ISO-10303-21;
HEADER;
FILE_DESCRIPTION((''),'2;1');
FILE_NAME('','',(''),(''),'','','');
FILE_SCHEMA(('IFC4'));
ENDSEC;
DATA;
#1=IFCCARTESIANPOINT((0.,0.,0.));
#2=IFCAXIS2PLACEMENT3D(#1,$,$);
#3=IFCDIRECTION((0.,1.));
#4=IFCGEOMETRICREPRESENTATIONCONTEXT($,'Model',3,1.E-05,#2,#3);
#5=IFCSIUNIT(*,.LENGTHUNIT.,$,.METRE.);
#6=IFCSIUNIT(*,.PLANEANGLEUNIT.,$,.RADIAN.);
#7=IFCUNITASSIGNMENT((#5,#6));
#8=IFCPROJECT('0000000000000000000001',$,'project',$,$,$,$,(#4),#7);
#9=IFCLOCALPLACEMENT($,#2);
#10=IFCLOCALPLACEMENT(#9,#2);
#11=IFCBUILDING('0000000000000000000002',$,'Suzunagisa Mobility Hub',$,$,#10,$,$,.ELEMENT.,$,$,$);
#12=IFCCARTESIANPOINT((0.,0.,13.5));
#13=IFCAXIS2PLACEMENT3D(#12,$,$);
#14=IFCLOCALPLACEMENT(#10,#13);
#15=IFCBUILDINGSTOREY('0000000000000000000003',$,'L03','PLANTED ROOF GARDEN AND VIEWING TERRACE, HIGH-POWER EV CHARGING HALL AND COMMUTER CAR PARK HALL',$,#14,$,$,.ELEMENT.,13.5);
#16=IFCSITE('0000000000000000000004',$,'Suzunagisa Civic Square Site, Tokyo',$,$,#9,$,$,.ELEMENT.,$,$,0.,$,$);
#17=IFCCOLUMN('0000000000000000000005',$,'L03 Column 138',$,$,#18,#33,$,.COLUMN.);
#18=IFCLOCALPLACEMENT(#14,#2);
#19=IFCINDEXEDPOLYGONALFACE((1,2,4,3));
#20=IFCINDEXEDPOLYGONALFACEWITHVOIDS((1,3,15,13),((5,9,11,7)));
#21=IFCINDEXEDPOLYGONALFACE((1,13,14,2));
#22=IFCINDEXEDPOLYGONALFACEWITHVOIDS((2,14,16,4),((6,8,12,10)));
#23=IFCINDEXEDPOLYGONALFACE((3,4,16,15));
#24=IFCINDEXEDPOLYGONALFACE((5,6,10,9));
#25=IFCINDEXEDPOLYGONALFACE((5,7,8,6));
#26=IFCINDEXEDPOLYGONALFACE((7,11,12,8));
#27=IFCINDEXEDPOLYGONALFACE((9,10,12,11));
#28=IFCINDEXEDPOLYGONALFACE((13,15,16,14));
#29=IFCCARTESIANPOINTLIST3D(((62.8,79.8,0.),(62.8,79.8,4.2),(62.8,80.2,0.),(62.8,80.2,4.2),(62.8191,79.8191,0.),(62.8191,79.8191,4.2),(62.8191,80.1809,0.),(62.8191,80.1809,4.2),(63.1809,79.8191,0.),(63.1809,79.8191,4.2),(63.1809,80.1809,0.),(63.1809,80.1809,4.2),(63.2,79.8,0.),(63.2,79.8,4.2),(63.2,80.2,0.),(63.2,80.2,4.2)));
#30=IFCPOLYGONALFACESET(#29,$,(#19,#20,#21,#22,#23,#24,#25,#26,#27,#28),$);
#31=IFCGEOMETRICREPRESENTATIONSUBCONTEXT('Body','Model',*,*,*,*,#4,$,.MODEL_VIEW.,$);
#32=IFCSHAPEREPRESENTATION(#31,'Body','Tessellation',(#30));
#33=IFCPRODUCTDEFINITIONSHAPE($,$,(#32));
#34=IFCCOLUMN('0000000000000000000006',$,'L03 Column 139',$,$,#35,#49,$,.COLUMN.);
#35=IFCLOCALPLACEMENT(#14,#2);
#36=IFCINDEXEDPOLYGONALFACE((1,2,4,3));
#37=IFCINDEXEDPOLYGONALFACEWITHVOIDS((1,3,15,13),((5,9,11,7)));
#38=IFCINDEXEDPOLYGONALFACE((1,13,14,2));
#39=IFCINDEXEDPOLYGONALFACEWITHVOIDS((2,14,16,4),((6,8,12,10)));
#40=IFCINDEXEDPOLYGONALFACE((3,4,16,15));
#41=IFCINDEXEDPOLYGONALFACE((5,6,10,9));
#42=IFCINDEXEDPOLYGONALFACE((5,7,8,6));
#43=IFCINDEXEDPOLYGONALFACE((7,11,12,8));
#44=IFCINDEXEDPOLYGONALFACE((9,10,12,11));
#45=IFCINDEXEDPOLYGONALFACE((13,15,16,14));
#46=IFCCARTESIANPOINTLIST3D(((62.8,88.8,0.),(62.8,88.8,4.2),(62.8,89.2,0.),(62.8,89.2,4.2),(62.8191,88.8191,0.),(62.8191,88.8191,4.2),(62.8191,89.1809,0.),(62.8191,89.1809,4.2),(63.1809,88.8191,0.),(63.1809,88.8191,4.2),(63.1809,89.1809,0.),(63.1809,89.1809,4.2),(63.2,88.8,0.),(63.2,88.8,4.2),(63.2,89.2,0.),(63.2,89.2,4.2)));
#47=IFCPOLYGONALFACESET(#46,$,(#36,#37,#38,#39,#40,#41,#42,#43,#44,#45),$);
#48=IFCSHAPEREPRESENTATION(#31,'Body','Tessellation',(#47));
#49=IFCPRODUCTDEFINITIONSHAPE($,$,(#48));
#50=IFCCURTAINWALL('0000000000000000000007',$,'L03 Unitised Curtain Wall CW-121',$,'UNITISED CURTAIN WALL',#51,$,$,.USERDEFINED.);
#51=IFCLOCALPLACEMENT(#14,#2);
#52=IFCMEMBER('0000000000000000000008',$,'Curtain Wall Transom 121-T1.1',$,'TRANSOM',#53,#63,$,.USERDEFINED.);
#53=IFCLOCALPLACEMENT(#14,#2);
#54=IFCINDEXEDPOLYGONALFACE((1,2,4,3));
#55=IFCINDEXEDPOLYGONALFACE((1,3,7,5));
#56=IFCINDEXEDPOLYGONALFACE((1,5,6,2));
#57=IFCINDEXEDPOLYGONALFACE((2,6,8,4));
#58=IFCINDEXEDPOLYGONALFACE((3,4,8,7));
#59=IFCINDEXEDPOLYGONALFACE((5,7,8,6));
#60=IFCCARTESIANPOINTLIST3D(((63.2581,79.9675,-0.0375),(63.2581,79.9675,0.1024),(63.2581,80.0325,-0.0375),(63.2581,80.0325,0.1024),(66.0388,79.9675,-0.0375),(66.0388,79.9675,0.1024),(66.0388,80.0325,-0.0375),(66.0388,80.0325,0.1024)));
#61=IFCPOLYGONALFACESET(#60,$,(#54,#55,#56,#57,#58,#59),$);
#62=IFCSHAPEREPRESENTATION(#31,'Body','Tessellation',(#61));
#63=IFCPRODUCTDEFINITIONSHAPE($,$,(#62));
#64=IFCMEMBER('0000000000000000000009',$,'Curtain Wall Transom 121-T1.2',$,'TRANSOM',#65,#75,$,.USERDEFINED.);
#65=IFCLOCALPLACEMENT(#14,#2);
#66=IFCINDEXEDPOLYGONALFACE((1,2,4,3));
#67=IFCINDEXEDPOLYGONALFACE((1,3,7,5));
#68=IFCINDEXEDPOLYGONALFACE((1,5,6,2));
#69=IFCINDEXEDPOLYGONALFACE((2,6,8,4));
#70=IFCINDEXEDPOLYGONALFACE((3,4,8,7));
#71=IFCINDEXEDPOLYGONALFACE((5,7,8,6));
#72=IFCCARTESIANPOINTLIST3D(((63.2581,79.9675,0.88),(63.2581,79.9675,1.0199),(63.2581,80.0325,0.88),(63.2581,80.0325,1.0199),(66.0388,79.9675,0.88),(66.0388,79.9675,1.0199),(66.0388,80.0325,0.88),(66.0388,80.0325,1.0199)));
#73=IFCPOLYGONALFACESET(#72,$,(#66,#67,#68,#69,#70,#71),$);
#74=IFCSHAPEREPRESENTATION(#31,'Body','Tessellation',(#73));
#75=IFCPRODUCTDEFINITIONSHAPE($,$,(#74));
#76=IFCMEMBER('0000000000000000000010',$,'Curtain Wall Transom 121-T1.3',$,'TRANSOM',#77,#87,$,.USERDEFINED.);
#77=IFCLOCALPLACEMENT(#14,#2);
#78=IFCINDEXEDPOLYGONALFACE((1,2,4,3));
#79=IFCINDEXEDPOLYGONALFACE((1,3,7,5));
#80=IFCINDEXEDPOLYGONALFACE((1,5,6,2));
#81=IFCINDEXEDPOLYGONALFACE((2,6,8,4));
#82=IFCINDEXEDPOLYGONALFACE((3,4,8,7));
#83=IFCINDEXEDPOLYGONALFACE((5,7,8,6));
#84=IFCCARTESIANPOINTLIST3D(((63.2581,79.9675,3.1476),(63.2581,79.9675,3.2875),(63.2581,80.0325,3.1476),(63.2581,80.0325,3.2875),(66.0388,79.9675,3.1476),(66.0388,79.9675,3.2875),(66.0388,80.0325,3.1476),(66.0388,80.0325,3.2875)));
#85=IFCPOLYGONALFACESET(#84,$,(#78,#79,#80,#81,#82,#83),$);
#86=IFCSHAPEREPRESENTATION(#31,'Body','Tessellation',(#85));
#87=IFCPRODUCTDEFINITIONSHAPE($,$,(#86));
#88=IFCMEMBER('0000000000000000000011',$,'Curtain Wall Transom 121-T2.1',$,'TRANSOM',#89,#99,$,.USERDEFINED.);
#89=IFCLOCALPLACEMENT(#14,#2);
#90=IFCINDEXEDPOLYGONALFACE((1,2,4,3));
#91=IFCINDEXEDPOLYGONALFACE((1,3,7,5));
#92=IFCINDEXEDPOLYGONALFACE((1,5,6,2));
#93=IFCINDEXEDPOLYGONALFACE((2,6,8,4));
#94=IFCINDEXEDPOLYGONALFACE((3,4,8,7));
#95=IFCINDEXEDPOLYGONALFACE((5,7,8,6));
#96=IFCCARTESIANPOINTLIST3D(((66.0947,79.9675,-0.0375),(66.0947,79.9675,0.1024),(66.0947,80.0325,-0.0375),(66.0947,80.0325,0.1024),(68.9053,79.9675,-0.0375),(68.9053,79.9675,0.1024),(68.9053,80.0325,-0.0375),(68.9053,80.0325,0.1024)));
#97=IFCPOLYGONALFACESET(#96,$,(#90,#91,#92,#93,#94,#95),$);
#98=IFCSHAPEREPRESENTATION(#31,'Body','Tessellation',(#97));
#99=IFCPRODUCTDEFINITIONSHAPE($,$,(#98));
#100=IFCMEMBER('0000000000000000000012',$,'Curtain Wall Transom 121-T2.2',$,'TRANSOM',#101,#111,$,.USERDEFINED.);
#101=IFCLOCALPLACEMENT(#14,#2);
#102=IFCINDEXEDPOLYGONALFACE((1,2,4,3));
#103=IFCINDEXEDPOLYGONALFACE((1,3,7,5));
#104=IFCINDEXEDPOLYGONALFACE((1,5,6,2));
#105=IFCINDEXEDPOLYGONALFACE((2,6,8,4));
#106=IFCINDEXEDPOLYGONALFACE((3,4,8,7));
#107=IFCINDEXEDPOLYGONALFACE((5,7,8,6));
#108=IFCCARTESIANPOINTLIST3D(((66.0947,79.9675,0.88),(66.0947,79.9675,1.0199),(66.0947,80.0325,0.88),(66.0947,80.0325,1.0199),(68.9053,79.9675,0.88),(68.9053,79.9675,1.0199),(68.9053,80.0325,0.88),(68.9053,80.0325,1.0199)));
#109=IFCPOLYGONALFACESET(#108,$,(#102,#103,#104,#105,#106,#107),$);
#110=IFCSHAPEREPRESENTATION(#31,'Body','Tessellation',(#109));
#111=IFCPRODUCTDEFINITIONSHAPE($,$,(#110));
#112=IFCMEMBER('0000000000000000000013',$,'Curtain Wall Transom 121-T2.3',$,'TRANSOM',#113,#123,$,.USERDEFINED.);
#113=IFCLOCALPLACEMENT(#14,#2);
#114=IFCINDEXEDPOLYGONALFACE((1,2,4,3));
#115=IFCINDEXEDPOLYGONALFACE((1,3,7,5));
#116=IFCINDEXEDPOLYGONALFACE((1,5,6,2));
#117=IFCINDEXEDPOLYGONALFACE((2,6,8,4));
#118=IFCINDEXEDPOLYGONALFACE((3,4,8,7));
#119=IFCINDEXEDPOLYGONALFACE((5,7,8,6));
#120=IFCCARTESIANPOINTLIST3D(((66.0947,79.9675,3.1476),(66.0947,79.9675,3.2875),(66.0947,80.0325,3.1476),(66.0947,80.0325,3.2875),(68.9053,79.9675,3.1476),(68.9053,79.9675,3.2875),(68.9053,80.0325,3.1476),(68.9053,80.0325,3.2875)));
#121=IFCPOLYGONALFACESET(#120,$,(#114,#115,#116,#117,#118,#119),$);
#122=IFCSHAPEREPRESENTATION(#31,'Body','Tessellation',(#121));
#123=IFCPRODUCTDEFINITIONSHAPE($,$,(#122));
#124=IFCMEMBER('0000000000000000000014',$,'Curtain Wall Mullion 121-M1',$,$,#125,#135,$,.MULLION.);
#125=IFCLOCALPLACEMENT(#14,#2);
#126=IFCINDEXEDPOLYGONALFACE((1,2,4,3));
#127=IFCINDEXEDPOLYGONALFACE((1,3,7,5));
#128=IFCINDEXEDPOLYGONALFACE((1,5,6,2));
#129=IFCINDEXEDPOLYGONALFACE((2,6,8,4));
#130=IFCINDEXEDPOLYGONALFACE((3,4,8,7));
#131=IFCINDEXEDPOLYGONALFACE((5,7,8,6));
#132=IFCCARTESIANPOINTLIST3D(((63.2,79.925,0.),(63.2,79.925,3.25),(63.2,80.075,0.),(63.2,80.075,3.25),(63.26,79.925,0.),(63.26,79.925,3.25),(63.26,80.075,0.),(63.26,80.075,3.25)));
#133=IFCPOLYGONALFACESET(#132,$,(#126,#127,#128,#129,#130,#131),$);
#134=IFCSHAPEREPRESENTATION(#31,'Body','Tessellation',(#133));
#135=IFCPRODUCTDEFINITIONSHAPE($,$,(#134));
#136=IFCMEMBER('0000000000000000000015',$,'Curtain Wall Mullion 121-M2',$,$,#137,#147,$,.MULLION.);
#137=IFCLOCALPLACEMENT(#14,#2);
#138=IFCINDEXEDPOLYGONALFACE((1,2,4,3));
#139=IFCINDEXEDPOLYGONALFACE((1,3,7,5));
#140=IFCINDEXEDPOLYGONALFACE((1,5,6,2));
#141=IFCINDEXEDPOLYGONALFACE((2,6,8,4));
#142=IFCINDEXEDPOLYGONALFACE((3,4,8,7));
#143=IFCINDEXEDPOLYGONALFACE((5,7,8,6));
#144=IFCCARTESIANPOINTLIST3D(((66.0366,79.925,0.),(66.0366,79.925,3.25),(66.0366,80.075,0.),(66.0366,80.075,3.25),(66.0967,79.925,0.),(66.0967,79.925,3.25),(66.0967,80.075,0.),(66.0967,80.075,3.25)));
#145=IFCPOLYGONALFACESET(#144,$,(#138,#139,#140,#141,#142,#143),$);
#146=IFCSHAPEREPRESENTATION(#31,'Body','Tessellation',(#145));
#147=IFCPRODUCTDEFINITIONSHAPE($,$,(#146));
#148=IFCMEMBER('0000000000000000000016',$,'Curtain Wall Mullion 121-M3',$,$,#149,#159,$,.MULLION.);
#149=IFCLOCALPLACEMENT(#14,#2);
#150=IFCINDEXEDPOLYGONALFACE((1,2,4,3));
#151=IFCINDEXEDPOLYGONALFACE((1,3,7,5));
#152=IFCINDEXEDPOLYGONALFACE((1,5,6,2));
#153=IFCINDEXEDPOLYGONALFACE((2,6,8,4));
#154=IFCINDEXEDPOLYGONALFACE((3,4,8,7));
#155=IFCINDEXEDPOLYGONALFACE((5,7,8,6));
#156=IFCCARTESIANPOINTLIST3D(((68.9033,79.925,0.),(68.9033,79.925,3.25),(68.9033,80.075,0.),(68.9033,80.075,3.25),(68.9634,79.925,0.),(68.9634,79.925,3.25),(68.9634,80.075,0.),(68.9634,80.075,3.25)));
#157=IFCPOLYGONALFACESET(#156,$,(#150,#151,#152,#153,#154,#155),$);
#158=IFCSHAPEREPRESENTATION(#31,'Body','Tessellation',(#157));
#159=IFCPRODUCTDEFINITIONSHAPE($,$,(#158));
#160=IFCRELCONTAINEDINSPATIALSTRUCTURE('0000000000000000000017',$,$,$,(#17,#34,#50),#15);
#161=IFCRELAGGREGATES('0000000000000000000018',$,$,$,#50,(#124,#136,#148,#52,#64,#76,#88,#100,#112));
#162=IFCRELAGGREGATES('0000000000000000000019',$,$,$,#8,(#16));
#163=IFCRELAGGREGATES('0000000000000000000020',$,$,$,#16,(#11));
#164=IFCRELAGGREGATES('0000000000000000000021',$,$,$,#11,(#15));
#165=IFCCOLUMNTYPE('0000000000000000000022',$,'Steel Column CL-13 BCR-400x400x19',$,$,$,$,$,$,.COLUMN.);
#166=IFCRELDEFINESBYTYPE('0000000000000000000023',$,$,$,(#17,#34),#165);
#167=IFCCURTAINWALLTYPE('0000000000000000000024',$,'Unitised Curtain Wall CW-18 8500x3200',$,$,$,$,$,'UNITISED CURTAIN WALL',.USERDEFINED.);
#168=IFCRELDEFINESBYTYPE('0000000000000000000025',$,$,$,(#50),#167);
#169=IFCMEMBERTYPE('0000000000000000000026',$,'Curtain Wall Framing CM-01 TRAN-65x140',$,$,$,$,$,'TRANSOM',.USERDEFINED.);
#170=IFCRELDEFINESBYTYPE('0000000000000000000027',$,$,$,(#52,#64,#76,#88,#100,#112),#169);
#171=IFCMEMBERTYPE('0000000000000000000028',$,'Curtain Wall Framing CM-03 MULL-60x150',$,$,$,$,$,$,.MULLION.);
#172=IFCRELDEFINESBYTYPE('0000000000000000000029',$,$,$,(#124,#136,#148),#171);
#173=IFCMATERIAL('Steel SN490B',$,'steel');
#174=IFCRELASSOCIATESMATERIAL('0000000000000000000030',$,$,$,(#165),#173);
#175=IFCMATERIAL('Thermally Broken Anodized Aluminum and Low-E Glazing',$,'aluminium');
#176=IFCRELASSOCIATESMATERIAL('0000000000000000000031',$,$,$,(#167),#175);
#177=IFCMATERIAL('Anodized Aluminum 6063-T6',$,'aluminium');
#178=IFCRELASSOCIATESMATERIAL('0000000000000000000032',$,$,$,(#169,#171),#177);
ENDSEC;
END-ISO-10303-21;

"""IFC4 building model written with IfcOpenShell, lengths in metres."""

from ifc_helpers import new_model, si_unit, direction, frame, origin, origin_2d, place, context, subcontext, project, spatial, rectangle, hollow_rectangle, extrude, material, material_profile, profile_set, type_object, element, aggregate, save


model = new_model("IFC4")

# Units and contexts
model_context = context("Model", 3, precision=1e-05, world=origin(), true_north=direction((0.0, 1.0)))
body_context = subcontext(model_context, "Body", "Model", "MODEL_VIEW")
ifc_project = project(units=[si_unit("LENGTHUNIT", "METRE"), si_unit("PLANEANGLEUNIT", "RADIAN")], contexts=[model_context])

# Site, building, storey
site_placement = place(None, origin())
site = spatial("IfcSite", under=ifc_project, at=site_placement, Name="Suzunagisa Civic Square Site, Tokyo", CompositionType="ELEMENT", RefElevation=0.0)
building_placement = place(site_placement, origin())
building = spatial("IfcBuilding", under=site, at=building_placement, Name="Suzunagisa Mobility Hub", CompositionType="ELEMENT")
storey_placement = place(building_placement, frame((0.0, 0.0, 13.5)))
storey = spatial("IfcBuildingStorey", under=building, at=storey_placement, Name="L03", Description="PLANTED ROOF GARDEN AND VIEWING TERRACE, HIGH-POWER EV CHARGING HALL AND COMMUTER CAR PARK HALL", CompositionType="ELEMENT", Elevation=13.5)

# Columns
ifc_material_1 = material(Name="Steel SN490B", Category="steel")
ifc_material_profile_1 = material_profile(ifc_material_1, hollow_rectangle(XDim=0.3999, YDim=0.3999, WallThickness=0.019, at=origin_2d()), Name="BCR-400x400x19")
ifc_profile_set_1 = profile_set([ifc_material_profile_1], Name="Steel SN490B")
column_type = type_object("IfcColumnType", Name="Steel Column CL-13 BCR-400x400x19", PredefinedType="COLUMN", material=ifc_profile_set_1)
for number, where, z_axis, x_axis, name in (
    (1, (63.0, 80.0, 0.0), (0.0, 0.0, 1.0), (1.0, 0.0, 0.0), "L03 Column 138"),
    (2, (63.0, 89.0, 0.0), (0.0, 0.0, 1.0), (1.0, 0.0, 0.0), "L03 Column 139"),
):
    element("IfcColumn", number, at=place(storey_placement, frame(where, z_axis=z_axis, x_axis=x_axis)), inside=storey, type_object=column_type, Name=name, PredefinedType="COLUMN", context=body_context, shape_type="SweptSolid", body=[
        extrude(hollow_rectangle(XDim=0.3999, YDim=0.3999, WallThickness=0.019, at=origin_2d()), origin(), (0.0, 0.0, 1.0), 4.2),
    ])

# Curtain wall, members
ifc_material_2 = material(Name="Thermally Broken Anodized Aluminum and Low-E Glazing", Category="aluminium")
curtain_wall_type = type_object("IfcCurtainWallType", Name="Unitised Curtain Wall CW-18 8500x3200", ElementType="UNITISED CURTAIN WALL", PredefinedType="USERDEFINED", material=ifc_material_2)
curtain_wall_placement = place(storey_placement, origin())
curtain_wall = element("IfcCurtainWall", 3, at=curtain_wall_placement, inside=storey, type_object=curtain_wall_type, Name="L03 Unitised Curtain Wall CW-121", ObjectType="UNITISED CURTAIN WALL", PredefinedType="USERDEFINED")
ifc_material_3 = material(Name="Anodized Aluminum 6063-T6", Category="aluminium")
ifc_material_profile_2 = material_profile(ifc_material_3, rectangle(XDim=0.0649, YDim=0.1399, at=origin_2d()), Name="TRAN-65x140")
ifc_profile_set_2 = profile_set([ifc_material_profile_2], Name="Anodized Aluminum 6063-T6")
member_type_1 = type_object("IfcMemberType", Name="Curtain Wall Framing CM-01 TRAN-65x140", ElementType="TRANSOM", PredefinedType="USERDEFINED", material=ifc_profile_set_2)
member_1_placement = place(storey_placement, frame((63.2581, 80.0, 0.0325), z_axis=(1.0, 0.0, 0.0), x_axis=(0.0, 1.0, 0.0)))
member_1 = element("IfcMember", 4, at=member_1_placement, type_object=member_type_1, Name="Curtain Wall Transom 121-T1.1", ObjectType="TRANSOM", PredefinedType="USERDEFINED", context=body_context, shape_type="SweptSolid", body=[
    extrude(rectangle(XDim=0.0649, YDim=0.1399, at=origin_2d()), origin(), (0.0, 0.0, 1.0), 2.7808),
])
member_2_placement = place(storey_placement, frame((63.2581, 80.0, 0.95), z_axis=(1.0, 0.0, 0.0), x_axis=(0.0, 1.0, 0.0)))
member_2 = element("IfcMember", 5, at=member_2_placement, type_object=member_type_1, Name="Curtain Wall Transom 121-T1.2", ObjectType="TRANSOM", PredefinedType="USERDEFINED", context=body_context, shape_type="SweptSolid", body=[
    extrude(rectangle(XDim=0.0649, YDim=0.1399, at=origin_2d()), origin(), (0.0, 0.0, 1.0), 2.7808),
])
member_3_placement = place(storey_placement, frame((63.2581, 80.0, 3.2175), z_axis=(1.0, 0.0, 0.0), x_axis=(0.0, 1.0, 0.0)))
member_3 = element("IfcMember", 6, at=member_3_placement, type_object=member_type_1, Name="Curtain Wall Transom 121-T1.3", ObjectType="TRANSOM", PredefinedType="USERDEFINED", context=body_context, shape_type="SweptSolid", body=[
    extrude(rectangle(XDim=0.0649, YDim=0.1399, at=origin_2d()), origin(), (0.0, 0.0, 1.0), 2.7808),
])
member_4_placement = place(storey_placement, frame((66.0947, 80.0, 0.0325), z_axis=(1.0, 0.0, 0.0), x_axis=(0.0, 1.0, 0.0)))
member_4 = element("IfcMember", 7, at=member_4_placement, type_object=member_type_1, Name="Curtain Wall Transom 121-T2.1", ObjectType="TRANSOM", PredefinedType="USERDEFINED", context=body_context, shape_type="SweptSolid", body=[
    extrude(rectangle(XDim=0.0649, YDim=0.1399, at=origin_2d()), origin(), (0.0, 0.0, 1.0), 2.8105),
])
member_5_placement = place(storey_placement, frame((66.0947, 80.0, 0.95), z_axis=(1.0, 0.0, 0.0), x_axis=(0.0, 1.0, 0.0)))
member_5 = element("IfcMember", 8, at=member_5_placement, type_object=member_type_1, Name="Curtain Wall Transom 121-T2.2", ObjectType="TRANSOM", PredefinedType="USERDEFINED", context=body_context, shape_type="SweptSolid", body=[
    extrude(rectangle(XDim=0.0649, YDim=0.1399, at=origin_2d()), origin(), (0.0, 0.0, 1.0), 2.8105),
])
member_6_placement = place(storey_placement, frame((66.0947, 80.0, 3.2175), z_axis=(1.0, 0.0, 0.0), x_axis=(0.0, 1.0, 0.0)))
member_6 = element("IfcMember", 9, at=member_6_placement, type_object=member_type_1, Name="Curtain Wall Transom 121-T2.3", ObjectType="TRANSOM", PredefinedType="USERDEFINED", context=body_context, shape_type="SweptSolid", body=[
    extrude(rectangle(XDim=0.0649, YDim=0.1399, at=origin_2d()), origin(), (0.0, 0.0, 1.0), 2.8105),
])
ifc_material_profile_3 = material_profile(ifc_material_3, rectangle(XDim=0.0601, YDim=0.1499, at=origin_2d()), Name="MULL-60x150")
ifc_profile_set_3 = profile_set([ifc_material_profile_3], Name="Anodized Aluminum 6063-T6")
member_type_2 = type_object("IfcMemberType", Name="Curtain Wall Framing CM-03 MULL-60x150", PredefinedType="MULLION", material=ifc_profile_set_3)
member_7_placement = place(storey_placement, frame((63.23, 80.0, 0.0), z_axis=(0.0, 0.0, 1.0), x_axis=(1.0, 0.0, 0.0)))
member_7 = element("IfcMember", 10, at=member_7_placement, type_object=member_type_2, Name="Curtain Wall Mullion 121-M1", PredefinedType="MULLION", context=body_context, shape_type="SweptSolid", body=[
    extrude(rectangle(XDim=0.0601, YDim=0.1499, at=origin_2d()), origin(), (0.0, 0.0, 1.0), 3.25),
])
member_8_placement = place(storey_placement, frame((66.0667, 80.0, 0.0), z_axis=(0.0, 0.0, 1.0), x_axis=(1.0, 0.0, 0.0)))
member_8 = element("IfcMember", 11, at=member_8_placement, type_object=member_type_2, Name="Curtain Wall Mullion 121-M2", PredefinedType="MULLION", context=body_context, shape_type="SweptSolid", body=[
    extrude(rectangle(XDim=0.0601, YDim=0.1499, at=origin_2d()), origin(), (0.0, 0.0, 1.0), 3.25),
])
member_9_placement = place(storey_placement, frame((68.9333, 80.0, 0.0), z_axis=(0.0, 0.0, 1.0), x_axis=(1.0, 0.0, 0.0)))
member_9 = element("IfcMember", 12, at=member_9_placement, type_object=member_type_2, Name="Curtain Wall Mullion 121-M3", PredefinedType="MULLION", context=body_context, shape_type="SweptSolid", body=[
    extrude(rectangle(XDim=0.0601, YDim=0.1499, at=origin_2d()), origin(), (0.0, 0.0, 1.0), 3.25),
])

aggregate(curtain_wall, [member_7, member_8, member_9, member_1, member_2, member_3, member_4, member_5, member_6])

save(model, "model.ifc")
